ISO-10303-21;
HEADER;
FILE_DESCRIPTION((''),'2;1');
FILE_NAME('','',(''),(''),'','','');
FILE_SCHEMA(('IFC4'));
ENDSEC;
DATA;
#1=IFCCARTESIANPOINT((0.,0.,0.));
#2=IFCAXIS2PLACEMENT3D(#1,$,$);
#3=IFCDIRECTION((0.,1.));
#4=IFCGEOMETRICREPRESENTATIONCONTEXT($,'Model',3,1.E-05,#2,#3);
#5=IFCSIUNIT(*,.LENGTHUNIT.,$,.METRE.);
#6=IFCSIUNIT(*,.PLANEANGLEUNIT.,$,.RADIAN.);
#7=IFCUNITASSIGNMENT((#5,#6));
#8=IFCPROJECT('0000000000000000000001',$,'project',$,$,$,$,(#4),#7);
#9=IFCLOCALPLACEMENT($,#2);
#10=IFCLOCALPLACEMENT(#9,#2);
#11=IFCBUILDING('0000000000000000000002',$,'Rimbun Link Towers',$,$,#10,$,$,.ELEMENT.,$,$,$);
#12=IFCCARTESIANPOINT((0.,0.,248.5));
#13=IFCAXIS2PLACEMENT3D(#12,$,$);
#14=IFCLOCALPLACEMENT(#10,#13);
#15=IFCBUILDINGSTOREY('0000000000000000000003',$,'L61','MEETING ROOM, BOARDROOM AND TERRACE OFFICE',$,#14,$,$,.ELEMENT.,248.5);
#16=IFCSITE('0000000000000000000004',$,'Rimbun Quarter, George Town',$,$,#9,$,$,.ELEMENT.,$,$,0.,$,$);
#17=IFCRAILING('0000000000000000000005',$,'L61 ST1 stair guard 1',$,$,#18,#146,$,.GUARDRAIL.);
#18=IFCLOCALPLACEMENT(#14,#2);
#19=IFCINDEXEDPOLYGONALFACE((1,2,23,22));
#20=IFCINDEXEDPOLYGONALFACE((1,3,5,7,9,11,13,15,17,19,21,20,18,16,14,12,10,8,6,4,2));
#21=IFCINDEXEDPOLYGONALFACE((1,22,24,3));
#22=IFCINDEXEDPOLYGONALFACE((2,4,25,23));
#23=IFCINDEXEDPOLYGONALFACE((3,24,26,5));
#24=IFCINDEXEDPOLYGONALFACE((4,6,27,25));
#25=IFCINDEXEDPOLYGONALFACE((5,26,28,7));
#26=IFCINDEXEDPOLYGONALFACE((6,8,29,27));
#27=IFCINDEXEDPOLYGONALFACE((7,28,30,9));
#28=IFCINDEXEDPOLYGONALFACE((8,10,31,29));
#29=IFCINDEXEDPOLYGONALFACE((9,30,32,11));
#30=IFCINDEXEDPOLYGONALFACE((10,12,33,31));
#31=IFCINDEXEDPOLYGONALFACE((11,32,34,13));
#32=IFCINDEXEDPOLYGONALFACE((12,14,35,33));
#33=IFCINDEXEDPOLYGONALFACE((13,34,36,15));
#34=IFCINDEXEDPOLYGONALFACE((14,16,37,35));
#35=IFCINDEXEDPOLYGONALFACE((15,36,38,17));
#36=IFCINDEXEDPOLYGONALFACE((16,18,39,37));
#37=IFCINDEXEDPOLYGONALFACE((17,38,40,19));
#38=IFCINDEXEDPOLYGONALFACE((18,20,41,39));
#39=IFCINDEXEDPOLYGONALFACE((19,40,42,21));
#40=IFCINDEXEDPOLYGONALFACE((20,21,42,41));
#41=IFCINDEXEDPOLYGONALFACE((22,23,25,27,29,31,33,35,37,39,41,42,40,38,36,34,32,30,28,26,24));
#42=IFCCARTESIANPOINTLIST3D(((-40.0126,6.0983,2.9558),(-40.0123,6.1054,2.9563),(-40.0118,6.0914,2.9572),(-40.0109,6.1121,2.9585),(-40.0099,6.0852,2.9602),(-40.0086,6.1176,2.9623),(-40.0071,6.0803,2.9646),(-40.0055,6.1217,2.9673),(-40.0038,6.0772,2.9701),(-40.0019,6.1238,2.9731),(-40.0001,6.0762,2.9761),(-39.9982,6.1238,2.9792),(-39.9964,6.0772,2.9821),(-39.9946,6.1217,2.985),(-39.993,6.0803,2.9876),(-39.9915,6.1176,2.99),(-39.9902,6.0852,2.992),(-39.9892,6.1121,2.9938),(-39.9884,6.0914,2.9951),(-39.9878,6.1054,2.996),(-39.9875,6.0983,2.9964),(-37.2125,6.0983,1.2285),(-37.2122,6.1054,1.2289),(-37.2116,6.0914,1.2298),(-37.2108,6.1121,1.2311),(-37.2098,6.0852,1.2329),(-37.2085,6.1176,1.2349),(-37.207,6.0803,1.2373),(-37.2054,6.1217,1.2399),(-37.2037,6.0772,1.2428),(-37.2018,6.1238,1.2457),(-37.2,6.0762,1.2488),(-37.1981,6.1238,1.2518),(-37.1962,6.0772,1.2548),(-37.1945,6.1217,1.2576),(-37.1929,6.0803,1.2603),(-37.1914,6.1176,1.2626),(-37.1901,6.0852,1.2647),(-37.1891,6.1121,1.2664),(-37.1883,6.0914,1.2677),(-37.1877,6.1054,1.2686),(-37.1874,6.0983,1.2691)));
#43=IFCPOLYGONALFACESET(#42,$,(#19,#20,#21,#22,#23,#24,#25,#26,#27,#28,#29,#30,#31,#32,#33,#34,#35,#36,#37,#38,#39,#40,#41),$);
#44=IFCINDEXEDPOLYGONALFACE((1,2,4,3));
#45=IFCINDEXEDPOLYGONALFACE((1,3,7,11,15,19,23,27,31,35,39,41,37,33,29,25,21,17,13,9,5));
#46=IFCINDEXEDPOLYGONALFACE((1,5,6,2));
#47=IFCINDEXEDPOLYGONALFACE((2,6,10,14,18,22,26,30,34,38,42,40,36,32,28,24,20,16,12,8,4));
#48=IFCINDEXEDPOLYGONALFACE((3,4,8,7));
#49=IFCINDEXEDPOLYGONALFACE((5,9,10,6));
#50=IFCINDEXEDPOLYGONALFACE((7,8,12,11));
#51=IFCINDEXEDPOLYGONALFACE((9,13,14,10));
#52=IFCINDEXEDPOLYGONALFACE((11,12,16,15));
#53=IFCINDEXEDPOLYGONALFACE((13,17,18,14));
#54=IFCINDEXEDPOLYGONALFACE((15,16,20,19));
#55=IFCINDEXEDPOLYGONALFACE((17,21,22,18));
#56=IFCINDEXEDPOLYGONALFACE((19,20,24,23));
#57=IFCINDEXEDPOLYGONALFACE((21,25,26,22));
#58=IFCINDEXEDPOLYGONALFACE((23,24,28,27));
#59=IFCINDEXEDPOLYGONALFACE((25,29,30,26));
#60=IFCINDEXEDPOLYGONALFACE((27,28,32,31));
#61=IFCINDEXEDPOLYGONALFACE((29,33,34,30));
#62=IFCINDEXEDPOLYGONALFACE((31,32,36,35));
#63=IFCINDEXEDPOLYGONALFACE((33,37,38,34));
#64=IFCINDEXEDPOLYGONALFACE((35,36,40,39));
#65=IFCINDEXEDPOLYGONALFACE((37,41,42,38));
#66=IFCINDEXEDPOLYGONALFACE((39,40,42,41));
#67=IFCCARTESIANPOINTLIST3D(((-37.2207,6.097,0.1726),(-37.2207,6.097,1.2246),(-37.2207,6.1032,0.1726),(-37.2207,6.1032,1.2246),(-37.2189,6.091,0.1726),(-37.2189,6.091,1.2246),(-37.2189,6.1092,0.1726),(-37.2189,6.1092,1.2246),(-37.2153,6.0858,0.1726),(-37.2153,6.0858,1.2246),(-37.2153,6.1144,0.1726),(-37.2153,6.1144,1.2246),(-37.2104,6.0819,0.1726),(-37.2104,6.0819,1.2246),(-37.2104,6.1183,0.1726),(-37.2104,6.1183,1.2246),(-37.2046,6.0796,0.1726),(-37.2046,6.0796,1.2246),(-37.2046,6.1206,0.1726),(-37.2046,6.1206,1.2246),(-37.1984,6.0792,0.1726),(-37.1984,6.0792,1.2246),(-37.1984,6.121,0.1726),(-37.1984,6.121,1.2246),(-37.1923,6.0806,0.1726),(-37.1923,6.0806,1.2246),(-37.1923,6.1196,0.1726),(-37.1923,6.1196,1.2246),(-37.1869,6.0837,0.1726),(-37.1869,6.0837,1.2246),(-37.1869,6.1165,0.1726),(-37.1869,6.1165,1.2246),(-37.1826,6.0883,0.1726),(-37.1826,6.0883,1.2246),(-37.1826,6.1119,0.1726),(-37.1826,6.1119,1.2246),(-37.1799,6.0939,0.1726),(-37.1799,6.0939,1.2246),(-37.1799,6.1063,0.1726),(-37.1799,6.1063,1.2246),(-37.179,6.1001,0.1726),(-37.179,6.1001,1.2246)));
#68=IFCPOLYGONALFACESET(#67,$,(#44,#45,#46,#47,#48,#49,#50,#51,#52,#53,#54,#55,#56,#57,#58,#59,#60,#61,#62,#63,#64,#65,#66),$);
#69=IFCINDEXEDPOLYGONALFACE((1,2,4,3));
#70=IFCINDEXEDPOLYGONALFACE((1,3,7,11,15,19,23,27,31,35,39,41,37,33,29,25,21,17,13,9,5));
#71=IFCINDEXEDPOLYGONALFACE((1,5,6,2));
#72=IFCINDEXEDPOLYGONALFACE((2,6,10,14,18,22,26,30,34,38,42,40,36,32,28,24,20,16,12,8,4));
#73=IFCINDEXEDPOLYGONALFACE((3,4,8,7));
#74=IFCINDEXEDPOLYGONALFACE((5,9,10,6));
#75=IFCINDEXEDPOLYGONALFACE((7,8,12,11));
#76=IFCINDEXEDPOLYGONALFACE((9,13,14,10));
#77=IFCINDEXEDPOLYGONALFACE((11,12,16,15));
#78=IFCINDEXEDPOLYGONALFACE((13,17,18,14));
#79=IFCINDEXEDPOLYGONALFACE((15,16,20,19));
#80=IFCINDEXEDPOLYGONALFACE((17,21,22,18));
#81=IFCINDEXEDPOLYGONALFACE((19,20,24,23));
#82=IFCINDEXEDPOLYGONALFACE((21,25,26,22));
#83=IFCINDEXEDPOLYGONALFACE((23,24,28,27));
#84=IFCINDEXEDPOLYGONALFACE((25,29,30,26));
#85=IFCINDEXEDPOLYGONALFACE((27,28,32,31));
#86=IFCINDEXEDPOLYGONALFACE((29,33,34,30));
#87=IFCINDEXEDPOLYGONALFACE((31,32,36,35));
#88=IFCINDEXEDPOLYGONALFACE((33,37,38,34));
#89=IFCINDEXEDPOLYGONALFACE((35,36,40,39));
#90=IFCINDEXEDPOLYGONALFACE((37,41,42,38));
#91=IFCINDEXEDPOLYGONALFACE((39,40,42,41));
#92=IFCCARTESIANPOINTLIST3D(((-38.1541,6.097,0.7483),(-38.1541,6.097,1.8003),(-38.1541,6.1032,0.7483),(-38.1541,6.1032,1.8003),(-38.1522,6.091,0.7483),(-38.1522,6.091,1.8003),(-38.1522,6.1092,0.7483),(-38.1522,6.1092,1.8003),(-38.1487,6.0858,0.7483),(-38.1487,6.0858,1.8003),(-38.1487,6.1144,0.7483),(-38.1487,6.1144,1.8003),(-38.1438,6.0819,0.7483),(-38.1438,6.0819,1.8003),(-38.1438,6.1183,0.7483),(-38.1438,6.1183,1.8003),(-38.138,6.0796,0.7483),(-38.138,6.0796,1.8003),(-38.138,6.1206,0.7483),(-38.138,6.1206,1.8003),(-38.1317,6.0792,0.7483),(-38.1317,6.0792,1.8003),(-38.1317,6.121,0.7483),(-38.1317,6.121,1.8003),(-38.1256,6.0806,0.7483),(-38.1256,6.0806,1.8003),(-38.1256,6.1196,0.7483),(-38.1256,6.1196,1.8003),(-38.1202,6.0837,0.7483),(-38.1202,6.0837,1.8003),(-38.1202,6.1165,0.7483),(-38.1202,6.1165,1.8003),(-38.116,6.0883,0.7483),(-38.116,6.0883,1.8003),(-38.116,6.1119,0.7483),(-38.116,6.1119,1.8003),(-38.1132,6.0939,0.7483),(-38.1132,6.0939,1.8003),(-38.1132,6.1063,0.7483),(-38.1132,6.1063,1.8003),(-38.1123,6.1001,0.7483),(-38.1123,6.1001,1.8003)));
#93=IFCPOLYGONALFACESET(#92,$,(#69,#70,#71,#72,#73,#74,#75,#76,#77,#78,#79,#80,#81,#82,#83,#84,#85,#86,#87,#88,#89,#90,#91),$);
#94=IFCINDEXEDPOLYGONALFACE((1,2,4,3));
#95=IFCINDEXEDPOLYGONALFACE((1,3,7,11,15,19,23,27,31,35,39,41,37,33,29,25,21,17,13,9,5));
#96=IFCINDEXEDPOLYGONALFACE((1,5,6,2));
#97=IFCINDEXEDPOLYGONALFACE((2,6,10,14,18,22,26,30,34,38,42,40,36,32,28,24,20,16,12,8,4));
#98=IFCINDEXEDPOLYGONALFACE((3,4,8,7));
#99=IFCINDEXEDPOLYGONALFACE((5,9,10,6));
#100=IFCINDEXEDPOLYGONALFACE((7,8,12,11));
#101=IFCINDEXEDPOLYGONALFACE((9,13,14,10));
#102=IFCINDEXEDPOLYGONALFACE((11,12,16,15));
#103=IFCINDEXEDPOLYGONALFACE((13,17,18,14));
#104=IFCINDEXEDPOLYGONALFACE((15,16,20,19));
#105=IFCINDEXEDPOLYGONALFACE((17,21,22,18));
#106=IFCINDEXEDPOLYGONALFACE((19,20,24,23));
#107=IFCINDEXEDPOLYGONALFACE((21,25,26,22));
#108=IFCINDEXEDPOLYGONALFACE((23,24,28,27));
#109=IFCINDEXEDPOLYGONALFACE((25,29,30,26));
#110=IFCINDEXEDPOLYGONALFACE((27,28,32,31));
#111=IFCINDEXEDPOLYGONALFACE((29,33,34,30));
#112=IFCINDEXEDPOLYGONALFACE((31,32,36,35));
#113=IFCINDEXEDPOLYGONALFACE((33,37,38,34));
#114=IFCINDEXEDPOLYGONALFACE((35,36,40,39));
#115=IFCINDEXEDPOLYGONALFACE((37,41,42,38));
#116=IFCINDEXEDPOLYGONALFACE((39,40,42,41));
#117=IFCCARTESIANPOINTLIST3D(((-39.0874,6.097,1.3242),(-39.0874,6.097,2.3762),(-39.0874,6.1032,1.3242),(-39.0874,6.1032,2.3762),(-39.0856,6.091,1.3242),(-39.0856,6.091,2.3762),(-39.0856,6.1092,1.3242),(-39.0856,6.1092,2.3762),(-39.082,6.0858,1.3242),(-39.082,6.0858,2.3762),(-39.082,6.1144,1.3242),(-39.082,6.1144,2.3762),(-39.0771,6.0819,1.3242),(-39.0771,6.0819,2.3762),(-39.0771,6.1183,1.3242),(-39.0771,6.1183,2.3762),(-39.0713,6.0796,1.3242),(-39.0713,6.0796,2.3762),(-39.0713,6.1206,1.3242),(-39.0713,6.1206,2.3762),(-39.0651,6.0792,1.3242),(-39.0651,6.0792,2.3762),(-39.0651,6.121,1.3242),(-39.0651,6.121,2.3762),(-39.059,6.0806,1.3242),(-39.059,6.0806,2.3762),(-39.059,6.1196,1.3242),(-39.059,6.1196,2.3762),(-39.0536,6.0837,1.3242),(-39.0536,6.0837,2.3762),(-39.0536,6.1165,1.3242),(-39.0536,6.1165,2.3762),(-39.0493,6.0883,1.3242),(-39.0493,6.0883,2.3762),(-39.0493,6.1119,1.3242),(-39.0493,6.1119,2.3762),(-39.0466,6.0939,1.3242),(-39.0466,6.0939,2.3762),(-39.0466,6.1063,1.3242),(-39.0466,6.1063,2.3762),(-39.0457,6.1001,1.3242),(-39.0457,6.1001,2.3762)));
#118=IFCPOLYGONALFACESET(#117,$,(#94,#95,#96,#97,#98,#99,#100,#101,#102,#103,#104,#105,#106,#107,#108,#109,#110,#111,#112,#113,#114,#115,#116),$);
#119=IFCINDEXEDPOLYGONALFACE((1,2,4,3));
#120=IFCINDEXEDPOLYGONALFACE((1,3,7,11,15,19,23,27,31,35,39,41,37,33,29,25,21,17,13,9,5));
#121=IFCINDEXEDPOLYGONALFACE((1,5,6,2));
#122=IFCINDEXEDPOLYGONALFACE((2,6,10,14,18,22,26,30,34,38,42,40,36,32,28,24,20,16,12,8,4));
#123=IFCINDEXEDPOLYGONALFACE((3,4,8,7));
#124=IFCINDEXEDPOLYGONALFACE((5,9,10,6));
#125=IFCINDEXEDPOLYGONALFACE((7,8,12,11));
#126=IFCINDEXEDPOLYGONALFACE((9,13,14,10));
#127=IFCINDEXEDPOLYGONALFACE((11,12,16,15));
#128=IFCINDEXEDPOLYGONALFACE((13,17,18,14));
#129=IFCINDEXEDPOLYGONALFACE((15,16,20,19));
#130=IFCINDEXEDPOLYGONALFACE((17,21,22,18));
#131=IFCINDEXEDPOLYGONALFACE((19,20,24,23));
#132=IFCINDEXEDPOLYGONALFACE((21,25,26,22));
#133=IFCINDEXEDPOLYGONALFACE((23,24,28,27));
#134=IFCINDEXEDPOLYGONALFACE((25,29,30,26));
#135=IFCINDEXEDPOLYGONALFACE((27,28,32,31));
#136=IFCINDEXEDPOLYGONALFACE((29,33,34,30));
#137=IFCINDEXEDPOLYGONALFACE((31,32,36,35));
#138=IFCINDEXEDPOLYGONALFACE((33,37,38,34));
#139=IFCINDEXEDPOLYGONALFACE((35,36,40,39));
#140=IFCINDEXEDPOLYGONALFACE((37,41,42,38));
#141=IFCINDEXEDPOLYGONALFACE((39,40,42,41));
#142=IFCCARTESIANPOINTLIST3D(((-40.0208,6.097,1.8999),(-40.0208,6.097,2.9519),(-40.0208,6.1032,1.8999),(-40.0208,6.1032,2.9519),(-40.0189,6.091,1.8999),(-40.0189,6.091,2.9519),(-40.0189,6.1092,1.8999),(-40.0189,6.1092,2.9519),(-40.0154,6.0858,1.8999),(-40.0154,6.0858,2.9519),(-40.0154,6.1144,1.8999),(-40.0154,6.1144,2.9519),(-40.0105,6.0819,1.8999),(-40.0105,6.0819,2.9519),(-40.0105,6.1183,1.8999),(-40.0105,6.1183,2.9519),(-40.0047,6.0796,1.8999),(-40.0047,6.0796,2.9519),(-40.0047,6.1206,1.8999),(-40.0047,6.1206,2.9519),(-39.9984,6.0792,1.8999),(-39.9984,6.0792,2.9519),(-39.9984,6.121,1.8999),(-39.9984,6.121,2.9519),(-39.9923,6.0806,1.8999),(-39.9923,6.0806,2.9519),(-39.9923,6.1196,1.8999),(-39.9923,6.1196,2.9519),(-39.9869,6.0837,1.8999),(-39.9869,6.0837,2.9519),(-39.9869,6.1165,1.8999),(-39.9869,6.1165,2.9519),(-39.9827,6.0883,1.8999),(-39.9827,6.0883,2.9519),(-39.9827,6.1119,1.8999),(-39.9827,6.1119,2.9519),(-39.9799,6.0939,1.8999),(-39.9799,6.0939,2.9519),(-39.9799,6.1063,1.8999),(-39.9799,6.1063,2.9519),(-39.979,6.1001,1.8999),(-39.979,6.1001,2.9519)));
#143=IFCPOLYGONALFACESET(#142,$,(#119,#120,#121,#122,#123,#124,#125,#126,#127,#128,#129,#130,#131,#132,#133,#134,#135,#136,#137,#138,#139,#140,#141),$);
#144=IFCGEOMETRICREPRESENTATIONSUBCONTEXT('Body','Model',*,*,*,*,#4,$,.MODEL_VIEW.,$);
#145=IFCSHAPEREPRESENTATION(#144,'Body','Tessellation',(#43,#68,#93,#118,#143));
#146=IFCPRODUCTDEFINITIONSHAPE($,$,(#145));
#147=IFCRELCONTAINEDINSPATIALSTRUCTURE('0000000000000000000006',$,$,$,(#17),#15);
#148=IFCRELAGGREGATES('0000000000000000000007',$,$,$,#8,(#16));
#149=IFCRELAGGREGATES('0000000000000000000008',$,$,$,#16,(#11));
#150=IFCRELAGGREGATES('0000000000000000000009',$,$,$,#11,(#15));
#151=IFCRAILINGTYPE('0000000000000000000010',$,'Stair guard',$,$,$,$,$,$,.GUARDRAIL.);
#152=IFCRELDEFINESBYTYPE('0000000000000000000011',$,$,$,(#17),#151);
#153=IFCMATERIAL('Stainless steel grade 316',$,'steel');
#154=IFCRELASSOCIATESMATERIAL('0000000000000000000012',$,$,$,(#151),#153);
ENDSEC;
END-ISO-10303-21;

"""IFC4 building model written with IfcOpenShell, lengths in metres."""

from ifc_helpers import new_model, si_unit, direction, frame, origin, origin_2d, place, context, subcontext, project, spatial, circle, extrude, material, type_object, element, save


model = new_model("IFC4")

# Units and contexts
model_context = context("Model", 3, precision=1e-05, world=origin(), true_north=direction((0.0, 1.0)))
body_context = subcontext(model_context, "Body", "Model", "MODEL_VIEW")
ifc_project = project(units=[si_unit("LENGTHUNIT", "METRE"), si_unit("PLANEANGLEUNIT", "RADIAN")], contexts=[model_context])

# Site, building, storey
site_placement = place(None, origin())
site = spatial("IfcSite", under=ifc_project, at=site_placement, Name="Rimbun Quarter, George Town", CompositionType="ELEMENT", RefElevation=0.0)
building_placement = place(site_placement, origin())
building = spatial("IfcBuilding", under=site, at=building_placement, Name="Rimbun Link Towers", CompositionType="ELEMENT")
storey_placement = place(building_placement, frame((0.0, 0.0, 248.5)))
storey = spatial("IfcBuildingStorey", under=building, at=storey_placement, Name="L61", Description="MEETING ROOM, BOARDROOM AND TERRACE OFFICE", CompositionType="ELEMENT", Elevation=248.5)

# Railing
ifc_material_1 = material(Name="Stainless steel grade 316", Category="steel")
railing_type_1 = type_object("IfcRailingType", Name="Stair guard", PredefinedType="GUARDRAIL", material=ifc_material_1)
railing_1_placement = place(storey_placement, frame((-37.2, 6.1001, 0.1726)))
element("IfcRailing", 1, at=railing_1_placement, inside=storey, type_object=railing_type_1, Name="L61 ST1 stair guard 1", PredefinedType="GUARDRAIL", context=body_context, shape_type="SweptSolid", body=[
    extrude(circle(Radius=0.0239, at=origin_2d()), frame((0.0, 0.0, 1.0762), z_axis=(-0.85109, 0.0, 0.52502), x_axis=(0.0, -1.0, 0.0)), (0.0, 0.0, 1.0), 3.29),
    extrude(circle(Radius=0.021, at=origin_2d()), origin(), (0.0, 0.0, 1.0), 1.052),
    extrude(circle(Radius=0.021, at=origin_2d()), frame((-0.9333, 0.0, 0.5757)), (0.0, 0.0, 1.0), 1.052),
    extrude(circle(Radius=0.021, at=origin_2d()), frame((-1.8667, 0.0, 1.1516)), (0.0, 0.0, 1.0), 1.052),
    extrude(circle(Radius=0.021, at=origin_2d()), frame((-2.8, 0.0, 1.7273)), (0.0, 0.0, 1.0), 1.052),
])

save(model, "model.ifc")
